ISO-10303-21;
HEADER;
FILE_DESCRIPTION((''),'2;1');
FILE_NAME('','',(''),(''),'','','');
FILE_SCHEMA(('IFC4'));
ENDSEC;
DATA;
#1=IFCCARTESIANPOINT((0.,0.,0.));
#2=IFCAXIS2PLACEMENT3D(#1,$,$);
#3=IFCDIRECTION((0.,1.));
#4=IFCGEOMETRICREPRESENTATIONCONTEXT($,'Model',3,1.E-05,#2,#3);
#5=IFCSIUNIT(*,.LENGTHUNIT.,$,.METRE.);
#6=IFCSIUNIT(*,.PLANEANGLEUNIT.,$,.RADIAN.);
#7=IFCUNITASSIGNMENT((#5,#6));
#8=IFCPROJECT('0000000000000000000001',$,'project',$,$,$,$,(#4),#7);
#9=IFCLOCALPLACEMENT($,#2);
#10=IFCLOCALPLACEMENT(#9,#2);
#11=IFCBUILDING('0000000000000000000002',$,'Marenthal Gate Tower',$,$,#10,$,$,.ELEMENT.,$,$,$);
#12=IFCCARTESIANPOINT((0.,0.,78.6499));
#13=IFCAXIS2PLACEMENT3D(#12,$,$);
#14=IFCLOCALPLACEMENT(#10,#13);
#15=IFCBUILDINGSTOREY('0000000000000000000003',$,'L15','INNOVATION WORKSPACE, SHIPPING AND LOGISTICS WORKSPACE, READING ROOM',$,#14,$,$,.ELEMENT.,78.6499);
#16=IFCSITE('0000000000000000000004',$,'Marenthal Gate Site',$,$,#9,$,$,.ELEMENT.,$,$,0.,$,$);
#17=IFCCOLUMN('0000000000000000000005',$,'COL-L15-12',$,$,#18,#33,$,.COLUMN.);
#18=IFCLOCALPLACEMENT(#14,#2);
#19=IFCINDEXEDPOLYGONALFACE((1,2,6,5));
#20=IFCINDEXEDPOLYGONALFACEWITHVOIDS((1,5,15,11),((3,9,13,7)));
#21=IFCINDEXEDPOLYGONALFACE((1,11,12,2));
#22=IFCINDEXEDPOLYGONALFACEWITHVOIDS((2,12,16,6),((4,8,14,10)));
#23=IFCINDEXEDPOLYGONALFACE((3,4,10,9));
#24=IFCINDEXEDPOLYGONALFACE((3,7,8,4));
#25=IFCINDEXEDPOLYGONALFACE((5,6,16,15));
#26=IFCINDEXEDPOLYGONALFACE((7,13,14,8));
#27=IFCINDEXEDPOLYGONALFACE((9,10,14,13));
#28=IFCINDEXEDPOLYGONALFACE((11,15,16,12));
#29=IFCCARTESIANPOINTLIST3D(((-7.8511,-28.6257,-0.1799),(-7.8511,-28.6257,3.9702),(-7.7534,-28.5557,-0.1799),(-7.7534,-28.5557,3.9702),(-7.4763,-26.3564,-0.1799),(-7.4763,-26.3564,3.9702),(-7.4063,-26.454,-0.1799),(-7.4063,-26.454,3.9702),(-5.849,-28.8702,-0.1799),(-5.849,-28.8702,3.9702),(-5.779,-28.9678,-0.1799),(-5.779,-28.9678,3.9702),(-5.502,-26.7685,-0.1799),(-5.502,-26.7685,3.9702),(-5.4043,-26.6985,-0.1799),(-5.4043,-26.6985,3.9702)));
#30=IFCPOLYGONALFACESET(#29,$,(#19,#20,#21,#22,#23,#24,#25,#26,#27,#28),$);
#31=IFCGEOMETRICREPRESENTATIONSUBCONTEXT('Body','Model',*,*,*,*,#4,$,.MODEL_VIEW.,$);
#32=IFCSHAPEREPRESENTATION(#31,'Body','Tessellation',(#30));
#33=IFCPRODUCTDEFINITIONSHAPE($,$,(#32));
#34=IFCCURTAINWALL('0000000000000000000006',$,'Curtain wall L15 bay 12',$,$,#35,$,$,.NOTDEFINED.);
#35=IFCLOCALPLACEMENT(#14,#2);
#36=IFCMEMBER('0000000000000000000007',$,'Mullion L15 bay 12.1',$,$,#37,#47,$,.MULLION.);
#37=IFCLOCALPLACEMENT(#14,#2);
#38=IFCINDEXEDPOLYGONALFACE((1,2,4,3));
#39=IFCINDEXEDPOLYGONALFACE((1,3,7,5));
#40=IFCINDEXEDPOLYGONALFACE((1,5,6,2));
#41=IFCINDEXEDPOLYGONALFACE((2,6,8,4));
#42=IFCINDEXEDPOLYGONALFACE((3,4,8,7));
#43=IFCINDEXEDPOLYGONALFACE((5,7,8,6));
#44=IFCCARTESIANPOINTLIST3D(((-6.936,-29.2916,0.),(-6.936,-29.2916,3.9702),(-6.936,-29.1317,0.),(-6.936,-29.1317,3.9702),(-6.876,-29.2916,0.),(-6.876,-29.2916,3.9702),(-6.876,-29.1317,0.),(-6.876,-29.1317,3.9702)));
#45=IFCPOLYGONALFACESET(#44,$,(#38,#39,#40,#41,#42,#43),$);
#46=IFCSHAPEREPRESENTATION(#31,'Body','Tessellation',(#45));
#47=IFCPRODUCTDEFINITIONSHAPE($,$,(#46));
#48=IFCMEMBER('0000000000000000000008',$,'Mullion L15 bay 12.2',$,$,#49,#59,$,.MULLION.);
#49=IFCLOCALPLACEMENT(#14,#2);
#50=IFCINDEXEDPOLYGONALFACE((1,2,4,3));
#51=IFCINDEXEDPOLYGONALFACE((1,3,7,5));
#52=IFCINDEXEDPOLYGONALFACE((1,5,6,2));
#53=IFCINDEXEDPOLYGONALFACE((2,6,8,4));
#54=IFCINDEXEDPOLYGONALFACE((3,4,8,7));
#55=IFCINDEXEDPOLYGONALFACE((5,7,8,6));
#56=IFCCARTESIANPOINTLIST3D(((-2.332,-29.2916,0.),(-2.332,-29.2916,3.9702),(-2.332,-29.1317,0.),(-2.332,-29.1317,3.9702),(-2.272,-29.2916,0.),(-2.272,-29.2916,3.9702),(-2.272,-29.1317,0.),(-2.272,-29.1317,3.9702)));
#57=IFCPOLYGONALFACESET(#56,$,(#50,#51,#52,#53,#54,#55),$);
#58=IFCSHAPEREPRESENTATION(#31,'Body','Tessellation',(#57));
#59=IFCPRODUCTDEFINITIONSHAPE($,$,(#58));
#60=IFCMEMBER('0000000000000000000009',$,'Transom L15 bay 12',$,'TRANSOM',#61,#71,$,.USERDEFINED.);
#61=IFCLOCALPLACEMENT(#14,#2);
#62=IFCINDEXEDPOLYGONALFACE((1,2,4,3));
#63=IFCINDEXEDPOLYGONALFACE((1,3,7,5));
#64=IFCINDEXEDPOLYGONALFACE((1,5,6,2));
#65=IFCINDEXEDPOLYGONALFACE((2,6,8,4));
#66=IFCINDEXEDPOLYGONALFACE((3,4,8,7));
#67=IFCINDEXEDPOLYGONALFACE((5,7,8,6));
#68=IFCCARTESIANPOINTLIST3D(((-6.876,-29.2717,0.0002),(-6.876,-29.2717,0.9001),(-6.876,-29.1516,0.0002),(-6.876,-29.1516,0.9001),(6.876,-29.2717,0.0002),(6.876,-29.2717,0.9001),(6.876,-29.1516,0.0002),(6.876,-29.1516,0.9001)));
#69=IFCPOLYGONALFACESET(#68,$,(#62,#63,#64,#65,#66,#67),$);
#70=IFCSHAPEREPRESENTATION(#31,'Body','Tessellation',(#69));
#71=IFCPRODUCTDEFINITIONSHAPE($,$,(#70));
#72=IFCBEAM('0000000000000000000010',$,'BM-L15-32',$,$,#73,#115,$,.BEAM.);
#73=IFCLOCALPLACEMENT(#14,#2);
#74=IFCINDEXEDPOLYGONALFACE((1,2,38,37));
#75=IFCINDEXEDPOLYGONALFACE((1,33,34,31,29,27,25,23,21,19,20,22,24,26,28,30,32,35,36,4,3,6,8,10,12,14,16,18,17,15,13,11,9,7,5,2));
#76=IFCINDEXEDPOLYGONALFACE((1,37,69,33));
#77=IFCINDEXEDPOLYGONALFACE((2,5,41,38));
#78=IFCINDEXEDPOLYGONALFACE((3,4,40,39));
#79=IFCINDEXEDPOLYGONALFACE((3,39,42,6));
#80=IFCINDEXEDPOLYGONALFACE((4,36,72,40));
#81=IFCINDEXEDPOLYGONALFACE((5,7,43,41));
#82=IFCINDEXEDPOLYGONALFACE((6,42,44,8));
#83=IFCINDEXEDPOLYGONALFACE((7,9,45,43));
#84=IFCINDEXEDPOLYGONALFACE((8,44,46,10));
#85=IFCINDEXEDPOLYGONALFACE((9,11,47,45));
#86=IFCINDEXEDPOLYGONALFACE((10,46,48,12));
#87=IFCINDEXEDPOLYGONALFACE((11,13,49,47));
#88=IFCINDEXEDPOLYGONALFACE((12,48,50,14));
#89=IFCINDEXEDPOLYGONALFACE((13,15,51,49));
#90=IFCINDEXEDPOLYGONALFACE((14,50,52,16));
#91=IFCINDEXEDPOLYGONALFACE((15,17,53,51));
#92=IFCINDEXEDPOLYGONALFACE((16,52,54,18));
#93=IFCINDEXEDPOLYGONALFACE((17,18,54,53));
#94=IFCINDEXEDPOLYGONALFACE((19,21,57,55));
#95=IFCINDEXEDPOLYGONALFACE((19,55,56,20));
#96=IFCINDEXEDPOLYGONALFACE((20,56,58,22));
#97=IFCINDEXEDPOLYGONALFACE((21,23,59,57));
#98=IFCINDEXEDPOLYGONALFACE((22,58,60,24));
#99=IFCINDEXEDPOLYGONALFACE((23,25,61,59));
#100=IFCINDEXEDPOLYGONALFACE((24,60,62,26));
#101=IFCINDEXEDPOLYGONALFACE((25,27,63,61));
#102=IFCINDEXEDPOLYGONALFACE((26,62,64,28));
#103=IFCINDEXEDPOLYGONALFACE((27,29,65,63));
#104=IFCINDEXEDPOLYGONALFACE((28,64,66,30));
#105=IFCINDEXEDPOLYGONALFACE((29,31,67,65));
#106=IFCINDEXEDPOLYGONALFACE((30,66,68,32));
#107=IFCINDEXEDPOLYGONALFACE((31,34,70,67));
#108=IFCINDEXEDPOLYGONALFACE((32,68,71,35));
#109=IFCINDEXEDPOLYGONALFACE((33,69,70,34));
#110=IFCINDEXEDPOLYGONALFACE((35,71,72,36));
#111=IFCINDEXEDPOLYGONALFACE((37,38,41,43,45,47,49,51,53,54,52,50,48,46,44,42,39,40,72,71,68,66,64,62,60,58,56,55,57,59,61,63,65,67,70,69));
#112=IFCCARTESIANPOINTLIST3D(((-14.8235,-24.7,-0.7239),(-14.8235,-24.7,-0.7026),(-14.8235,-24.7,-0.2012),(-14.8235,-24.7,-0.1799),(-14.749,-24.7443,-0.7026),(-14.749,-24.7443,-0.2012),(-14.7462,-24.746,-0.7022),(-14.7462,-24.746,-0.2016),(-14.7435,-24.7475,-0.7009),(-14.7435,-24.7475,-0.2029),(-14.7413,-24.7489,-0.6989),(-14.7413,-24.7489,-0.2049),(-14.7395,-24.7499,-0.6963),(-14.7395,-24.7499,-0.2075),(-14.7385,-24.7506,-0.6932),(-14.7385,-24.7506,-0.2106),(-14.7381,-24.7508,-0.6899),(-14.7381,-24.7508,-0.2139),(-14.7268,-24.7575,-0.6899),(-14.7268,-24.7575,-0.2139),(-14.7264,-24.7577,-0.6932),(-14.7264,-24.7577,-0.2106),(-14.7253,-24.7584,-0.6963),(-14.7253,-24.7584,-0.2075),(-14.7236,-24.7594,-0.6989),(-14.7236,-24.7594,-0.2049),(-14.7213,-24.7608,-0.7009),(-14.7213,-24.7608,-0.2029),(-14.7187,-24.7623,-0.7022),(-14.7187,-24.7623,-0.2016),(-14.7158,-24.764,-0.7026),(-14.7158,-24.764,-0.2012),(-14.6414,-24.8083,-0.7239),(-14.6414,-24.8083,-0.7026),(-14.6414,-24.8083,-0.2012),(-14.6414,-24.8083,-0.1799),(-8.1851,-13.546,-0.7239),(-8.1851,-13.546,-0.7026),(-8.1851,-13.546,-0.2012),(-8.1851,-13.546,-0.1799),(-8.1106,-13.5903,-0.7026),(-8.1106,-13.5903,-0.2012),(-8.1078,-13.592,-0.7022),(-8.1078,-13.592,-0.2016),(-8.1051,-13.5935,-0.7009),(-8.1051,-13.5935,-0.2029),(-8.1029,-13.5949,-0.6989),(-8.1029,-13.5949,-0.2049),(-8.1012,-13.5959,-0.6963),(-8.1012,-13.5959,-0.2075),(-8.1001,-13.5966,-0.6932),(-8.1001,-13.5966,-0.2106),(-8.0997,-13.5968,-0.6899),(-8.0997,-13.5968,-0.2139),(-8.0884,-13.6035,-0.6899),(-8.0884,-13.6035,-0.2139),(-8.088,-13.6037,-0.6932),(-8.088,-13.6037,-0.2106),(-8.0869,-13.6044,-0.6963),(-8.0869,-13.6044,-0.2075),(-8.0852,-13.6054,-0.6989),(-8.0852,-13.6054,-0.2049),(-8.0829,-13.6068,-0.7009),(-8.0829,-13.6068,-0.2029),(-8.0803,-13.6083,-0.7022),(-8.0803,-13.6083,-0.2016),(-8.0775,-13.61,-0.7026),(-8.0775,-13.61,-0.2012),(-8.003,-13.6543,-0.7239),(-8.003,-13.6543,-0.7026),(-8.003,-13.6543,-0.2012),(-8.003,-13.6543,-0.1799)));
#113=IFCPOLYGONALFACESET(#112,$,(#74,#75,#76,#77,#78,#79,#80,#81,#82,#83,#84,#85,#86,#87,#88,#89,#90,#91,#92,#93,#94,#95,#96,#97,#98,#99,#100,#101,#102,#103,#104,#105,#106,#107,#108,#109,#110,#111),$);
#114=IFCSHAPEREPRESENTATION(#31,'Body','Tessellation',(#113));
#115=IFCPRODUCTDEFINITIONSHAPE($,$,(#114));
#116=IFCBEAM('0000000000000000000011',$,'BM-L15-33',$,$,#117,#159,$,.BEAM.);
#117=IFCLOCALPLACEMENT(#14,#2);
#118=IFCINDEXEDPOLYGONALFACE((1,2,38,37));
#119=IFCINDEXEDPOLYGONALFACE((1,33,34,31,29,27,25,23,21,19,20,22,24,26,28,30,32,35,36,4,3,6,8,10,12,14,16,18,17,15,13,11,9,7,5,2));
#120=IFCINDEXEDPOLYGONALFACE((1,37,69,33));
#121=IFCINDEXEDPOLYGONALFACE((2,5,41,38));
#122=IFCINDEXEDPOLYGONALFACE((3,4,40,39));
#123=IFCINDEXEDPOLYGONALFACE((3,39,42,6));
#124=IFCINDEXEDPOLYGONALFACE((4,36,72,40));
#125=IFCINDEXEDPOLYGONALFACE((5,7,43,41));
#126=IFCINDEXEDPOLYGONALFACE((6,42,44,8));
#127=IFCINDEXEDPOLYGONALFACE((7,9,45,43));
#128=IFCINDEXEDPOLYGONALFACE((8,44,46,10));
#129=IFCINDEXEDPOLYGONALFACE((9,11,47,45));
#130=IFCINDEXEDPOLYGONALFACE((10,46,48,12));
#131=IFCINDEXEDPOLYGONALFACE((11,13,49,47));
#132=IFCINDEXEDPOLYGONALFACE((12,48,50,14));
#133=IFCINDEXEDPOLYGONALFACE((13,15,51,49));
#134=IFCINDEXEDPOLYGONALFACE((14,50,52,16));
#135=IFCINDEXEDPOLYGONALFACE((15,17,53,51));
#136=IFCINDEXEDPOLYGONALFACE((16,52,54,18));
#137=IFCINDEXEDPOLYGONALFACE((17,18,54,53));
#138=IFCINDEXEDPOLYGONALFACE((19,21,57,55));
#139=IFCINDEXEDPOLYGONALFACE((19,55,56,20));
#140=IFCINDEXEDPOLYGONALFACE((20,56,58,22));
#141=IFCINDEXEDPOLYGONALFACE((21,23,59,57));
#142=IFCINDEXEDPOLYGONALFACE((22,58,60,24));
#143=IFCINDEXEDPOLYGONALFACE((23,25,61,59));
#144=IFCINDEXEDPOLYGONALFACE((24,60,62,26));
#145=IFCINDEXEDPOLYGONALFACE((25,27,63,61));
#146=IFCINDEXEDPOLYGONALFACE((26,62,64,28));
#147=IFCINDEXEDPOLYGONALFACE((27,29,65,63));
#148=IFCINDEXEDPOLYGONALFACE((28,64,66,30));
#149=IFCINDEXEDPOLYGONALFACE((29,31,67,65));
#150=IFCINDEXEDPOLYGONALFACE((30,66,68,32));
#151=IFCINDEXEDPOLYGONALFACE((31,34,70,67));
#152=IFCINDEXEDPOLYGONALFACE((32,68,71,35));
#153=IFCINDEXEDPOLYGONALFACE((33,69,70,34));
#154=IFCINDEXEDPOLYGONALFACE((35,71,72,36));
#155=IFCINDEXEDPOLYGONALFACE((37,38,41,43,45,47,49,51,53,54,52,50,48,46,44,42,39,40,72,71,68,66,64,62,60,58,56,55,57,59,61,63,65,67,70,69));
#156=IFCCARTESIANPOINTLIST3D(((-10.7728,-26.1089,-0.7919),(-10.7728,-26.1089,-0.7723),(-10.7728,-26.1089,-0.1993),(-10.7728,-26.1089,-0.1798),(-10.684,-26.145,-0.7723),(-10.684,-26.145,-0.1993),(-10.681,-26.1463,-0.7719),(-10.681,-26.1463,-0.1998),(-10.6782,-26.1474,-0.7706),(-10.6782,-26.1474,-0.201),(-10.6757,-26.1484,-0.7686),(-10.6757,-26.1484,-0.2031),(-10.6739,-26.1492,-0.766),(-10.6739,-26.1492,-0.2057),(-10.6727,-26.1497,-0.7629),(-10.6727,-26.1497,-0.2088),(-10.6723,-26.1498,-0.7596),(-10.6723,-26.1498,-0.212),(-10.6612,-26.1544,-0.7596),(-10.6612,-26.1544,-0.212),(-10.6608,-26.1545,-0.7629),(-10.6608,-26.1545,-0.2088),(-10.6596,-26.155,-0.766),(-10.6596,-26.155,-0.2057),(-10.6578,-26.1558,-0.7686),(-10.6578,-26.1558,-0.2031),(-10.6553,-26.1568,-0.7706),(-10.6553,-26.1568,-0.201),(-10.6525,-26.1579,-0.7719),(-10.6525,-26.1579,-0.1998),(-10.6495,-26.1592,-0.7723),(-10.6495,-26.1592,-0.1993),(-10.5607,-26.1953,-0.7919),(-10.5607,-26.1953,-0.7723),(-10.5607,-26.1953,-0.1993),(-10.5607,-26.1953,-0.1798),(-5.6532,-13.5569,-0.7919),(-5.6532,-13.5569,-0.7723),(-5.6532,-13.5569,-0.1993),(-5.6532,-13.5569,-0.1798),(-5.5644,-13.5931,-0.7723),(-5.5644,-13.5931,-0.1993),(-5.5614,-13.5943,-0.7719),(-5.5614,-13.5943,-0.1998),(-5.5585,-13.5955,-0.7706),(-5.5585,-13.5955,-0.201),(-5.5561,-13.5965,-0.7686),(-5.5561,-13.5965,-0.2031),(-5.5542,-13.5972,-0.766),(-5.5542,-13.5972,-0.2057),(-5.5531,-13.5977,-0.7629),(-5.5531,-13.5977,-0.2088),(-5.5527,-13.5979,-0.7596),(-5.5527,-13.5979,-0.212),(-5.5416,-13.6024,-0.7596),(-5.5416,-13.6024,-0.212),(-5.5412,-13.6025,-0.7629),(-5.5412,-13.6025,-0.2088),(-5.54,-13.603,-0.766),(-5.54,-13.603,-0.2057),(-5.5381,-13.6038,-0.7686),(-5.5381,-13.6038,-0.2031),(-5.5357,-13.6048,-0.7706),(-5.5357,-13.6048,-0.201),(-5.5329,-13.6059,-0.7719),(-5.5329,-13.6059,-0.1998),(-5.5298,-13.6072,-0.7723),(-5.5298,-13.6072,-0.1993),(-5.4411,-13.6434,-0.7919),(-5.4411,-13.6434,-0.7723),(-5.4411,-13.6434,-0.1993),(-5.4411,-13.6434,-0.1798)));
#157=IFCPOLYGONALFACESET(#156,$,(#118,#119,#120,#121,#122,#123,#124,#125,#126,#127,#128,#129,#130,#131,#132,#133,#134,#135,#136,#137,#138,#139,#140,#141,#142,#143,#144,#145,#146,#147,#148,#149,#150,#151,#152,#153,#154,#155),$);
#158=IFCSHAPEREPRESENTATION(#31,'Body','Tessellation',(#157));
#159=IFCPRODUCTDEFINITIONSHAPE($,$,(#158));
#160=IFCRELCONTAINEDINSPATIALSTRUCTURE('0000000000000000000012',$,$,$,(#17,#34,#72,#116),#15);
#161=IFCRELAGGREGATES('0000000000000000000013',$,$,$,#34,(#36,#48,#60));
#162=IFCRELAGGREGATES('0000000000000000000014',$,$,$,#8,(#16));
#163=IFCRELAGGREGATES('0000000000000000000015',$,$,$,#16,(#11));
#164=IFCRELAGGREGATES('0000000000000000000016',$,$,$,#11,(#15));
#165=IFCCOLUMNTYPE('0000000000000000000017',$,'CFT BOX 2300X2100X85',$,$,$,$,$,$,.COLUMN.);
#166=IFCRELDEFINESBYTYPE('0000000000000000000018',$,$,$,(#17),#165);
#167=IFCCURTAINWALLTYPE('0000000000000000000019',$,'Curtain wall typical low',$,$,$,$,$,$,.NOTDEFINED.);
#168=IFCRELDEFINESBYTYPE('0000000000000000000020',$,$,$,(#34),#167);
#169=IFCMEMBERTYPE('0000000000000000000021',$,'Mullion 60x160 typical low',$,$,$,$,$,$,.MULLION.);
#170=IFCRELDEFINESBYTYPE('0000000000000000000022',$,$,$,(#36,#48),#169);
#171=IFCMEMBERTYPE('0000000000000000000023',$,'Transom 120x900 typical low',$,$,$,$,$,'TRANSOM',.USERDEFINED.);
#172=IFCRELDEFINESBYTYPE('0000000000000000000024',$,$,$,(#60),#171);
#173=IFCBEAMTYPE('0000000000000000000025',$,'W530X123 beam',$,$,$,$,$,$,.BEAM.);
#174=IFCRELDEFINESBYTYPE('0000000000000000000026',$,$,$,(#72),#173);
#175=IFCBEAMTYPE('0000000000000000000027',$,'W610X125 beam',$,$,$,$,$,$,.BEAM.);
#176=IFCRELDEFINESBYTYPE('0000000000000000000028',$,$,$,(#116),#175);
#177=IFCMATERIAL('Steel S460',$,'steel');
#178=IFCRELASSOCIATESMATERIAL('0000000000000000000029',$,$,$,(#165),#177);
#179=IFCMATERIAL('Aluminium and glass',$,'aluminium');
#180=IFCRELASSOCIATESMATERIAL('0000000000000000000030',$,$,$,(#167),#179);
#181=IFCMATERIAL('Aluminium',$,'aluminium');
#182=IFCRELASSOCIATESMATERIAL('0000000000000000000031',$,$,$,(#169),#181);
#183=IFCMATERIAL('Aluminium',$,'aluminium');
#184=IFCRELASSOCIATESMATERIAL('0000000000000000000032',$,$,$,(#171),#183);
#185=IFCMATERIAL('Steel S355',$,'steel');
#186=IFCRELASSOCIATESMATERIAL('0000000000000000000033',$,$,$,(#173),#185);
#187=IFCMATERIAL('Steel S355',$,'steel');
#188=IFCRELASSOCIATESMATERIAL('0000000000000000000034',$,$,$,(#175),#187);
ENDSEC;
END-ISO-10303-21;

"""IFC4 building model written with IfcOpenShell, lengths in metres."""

from ifc_helpers import new_model, si_unit, direction, frame, origin, origin_2d, place, context, subcontext, project, spatial, rectangle, hollow_rectangle, i_section, extrude, material, material_profile, profile_set, type_object, element, aggregate, save


model = new_model("IFC4")

# Units and contexts
model_context = context("Model", 3, precision=1e-05, world=origin(), true_north=direction((0.0, 1.0)))
body_context = subcontext(model_context, "Body", "Model", "MODEL_VIEW")
ifc_project = project(units=[si_unit("LENGTHUNIT", "METRE"), si_unit("PLANEANGLEUNIT", "RADIAN")], contexts=[model_context])

# Site, building, storey
site_placement = place(None, origin())
site = spatial("IfcSite", under=ifc_project, at=site_placement, Name="Marenthal Gate Site", CompositionType="ELEMENT", RefElevation=0.0)
building_placement = place(site_placement, origin())
building = spatial("IfcBuilding", under=site, at=building_placement, Name="Marenthal Gate Tower", CompositionType="ELEMENT")
storey_placement = place(building_placement, frame((0.0, 0.0, 78.6499)))
storey = spatial("IfcBuildingStorey", under=building, at=storey_placement, Name="L15", Description="INNOVATION WORKSPACE, SHIPPING AND LOGISTICS WORKSPACE, READING ROOM", CompositionType="ELEMENT", Elevation=78.6499)

# Column
ifc_material_1 = material(Name="Steel S460", Category="steel")
ifc_material_profile_1 = material_profile(ifc_material_1, hollow_rectangle(XDim=2.1001, YDim=2.3, WallThickness=0.085, at=origin_2d()), Name="CFT BOX 2300X2100X85")
ifc_material_2 = material(Name="Concrete 70 MPa", Category="concrete")
ifc_material_profile_2 = material_profile(ifc_material_2, rectangle(XDim=1.9299, YDim=2.1299, at=origin_2d()), Name="CFT BOX 2300X2100X85 INFILL")
ifc_profile_set_1 = profile_set([ifc_material_profile_1, ifc_material_profile_2], Name="Steel S460 shell, Concrete 70 MPa infill")
column_type = type_object("IfcColumnType", Name="CFT BOX 2300X2100X85", PredefinedType="COLUMN", material=ifc_profile_set_1)
column_placement = place(storey_placement, frame((-6.6277, -27.6621, -0.1799), z_axis=(0.0, 0.0, 1.0), x_axis=(-0.986638, 0.162928, 0.0)))
element("IfcColumn", 1, at=column_placement, inside=storey, type_object=column_type, Name="COL-L15-12", PredefinedType="COLUMN", context=body_context, shape_type="SweptSolid", body=[
    extrude(hollow_rectangle(XDim=2.1001, YDim=2.3, WallThickness=0.085, at=origin_2d()), origin(), (0.0, 0.0, 1.0), 4.1501),
])

# Curtain wall, members
ifc_material_3 = material(Name="Aluminium and glass", Category="aluminium")
curtain_wall_type = type_object("IfcCurtainWallType", Name="Curtain wall typical low", PredefinedType="NOTDEFINED", material=ifc_material_3)
curtain_wall_placement = place(storey_placement, origin())
curtain_wall = element("IfcCurtainWall", 2, at=curtain_wall_placement, inside=storey, type_object=curtain_wall_type, Name="Curtain wall L15 bay 12", PredefinedType="NOTDEFINED")
ifc_material_4 = material(Name="Aluminium", Category="aluminium")
ifc_material_profile_3 = material_profile(ifc_material_4, rectangle(XDim=0.1599, YDim=0.0601, at=origin_2d()), Name="60x160 aluminium mullion")
ifc_profile_set_2 = profile_set([ifc_material_profile_3], Name="Aluminium")
member_type_1 = type_object("IfcMemberType", Name="Mullion 60x160 typical low", PredefinedType="MULLION", material=ifc_profile_set_2)
member_1_placement = place(storey_placement, frame((-6.906, -29.2117, 0.0), z_axis=(0.0, 0.0, 1.0), x_axis=(0.0, 1.0, 0.0)))
member_1 = element("IfcMember", 3, at=member_1_placement, type_object=member_type_1, Name="Mullion L15 bay 12.1", PredefinedType="MULLION", context=body_context, shape_type="SweptSolid", body=[
    extrude(rectangle(XDim=0.1599, YDim=0.0601, at=origin_2d()), origin(), (0.0, 0.0, 1.0), 3.9702),
])
member_2_placement = place(storey_placement, frame((-2.302, -29.2117, 0.0), z_axis=(0.0, 0.0, 1.0), x_axis=(0.0, 1.0, 0.0)))
member_2 = element("IfcMember", 4, at=member_2_placement, type_object=member_type_1, Name="Mullion L15 bay 12.2", PredefinedType="MULLION", context=body_context, shape_type="SweptSolid", body=[
    extrude(rectangle(XDim=0.1599, YDim=0.0601, at=origin_2d()), origin(), (0.0, 0.0, 1.0), 3.9702),
])
ifc_material_5 = material(Name="Aluminium", Category="aluminium")
ifc_material_profile_4 = material_profile(ifc_material_5, rectangle(XDim=0.1201, YDim=0.8999, at=origin_2d()), Name="120x900 aluminium transom")
ifc_profile_set_3 = profile_set([ifc_material_profile_4], Name="Aluminium")
member_type_2 = type_object("IfcMemberType", Name="Transom 120x900 typical low", ElementType="TRANSOM", PredefinedType="USERDEFINED", material=ifc_profile_set_3)
member_3_placement = place(storey_placement, frame((-6.876, -29.2117, 0.4502), z_axis=(1.0, 0.0, 0.0), x_axis=(0.0, 1.0, 0.0)))
member_3 = element("IfcMember", 5, at=member_3_placement, type_object=member_type_2, Name="Transom L15 bay 12", ObjectType="TRANSOM", PredefinedType="USERDEFINED", context=body_context, shape_type="SweptSolid", body=[
    extrude(rectangle(XDim=0.1201, YDim=0.8999, at=origin_2d()), origin(), (0.0, 0.0, 1.0), 13.752),
])

# Beams
ifc_material_6 = material(Name="Steel S355", Category="steel")
ifc_material_profile_5 = material_profile(ifc_material_6, i_section(OverallWidth=0.2119, OverallDepth=0.5439, WebThickness=0.0132, FlangeThickness=0.0212, FilletRadius=0.0127, at=origin_2d()), Name="W530X123")
ifc_profile_set_4 = profile_set([ifc_material_profile_5], Name="Steel S355")
beam_type_1 = type_object("IfcBeamType", Name="W530X123 beam", PredefinedType="BEAM", material=ifc_profile_set_4)
beam_1_placement = place(storey_placement, frame((-14.7324, -24.7542, -0.4519), z_axis=(0.511433, 0.859323, 0.0), x_axis=(-0.859323, 0.511433, 0.0)))
element("IfcBeam", 6, at=beam_1_placement, inside=storey, type_object=beam_type_1, Name="BM-L15-32", PredefinedType="BEAM", context=body_context, shape_type="SweptSolid", body=[
    extrude(i_section(OverallWidth=0.2119, OverallDepth=0.5439, WebThickness=0.0132, FlangeThickness=0.0212, FilletRadius=0.0127, at=origin_2d()), origin(), (0.0, 0.0, 1.0), 12.98),
])
ifc_material_7 = material(Name="Steel S355", Category="steel")
ifc_material_profile_6 = material_profile(ifc_material_7, i_section(OverallWidth=0.229, OverallDepth=0.6121, WebThickness=0.012, FlangeThickness=0.0195, FilletRadius=0.0127, at=origin_2d()), Name="W610X125")
ifc_profile_set_5 = profile_set([ifc_material_profile_6], Name="Steel S355")
beam_type_2 = type_object("IfcBeamType", Name="W610X125 beam", PredefinedType="BEAM", material=ifc_profile_set_5)
beam_2_placement = place(storey_placement, frame((-10.6667, -26.1521, -0.4858), z_axis=(0.377667, 0.925941, 0.0), x_axis=(-0.925941, 0.377667, 0.0)))
element("IfcBeam", 7, at=beam_2_placement, inside=storey, type_object=beam_type_2, Name="BM-L15-33", PredefinedType="BEAM", context=body_context, shape_type="SweptSolid", body=[
    extrude(i_section(OverallWidth=0.229, OverallDepth=0.6121, WebThickness=0.012, FlangeThickness=0.0195, FilletRadius=0.0127, at=origin_2d()), origin(), (0.0, 0.0, 1.0), 13.5559),
])

aggregate(curtain_wall, [member_1, member_2, member_3])

save(model, "model.ifc")
